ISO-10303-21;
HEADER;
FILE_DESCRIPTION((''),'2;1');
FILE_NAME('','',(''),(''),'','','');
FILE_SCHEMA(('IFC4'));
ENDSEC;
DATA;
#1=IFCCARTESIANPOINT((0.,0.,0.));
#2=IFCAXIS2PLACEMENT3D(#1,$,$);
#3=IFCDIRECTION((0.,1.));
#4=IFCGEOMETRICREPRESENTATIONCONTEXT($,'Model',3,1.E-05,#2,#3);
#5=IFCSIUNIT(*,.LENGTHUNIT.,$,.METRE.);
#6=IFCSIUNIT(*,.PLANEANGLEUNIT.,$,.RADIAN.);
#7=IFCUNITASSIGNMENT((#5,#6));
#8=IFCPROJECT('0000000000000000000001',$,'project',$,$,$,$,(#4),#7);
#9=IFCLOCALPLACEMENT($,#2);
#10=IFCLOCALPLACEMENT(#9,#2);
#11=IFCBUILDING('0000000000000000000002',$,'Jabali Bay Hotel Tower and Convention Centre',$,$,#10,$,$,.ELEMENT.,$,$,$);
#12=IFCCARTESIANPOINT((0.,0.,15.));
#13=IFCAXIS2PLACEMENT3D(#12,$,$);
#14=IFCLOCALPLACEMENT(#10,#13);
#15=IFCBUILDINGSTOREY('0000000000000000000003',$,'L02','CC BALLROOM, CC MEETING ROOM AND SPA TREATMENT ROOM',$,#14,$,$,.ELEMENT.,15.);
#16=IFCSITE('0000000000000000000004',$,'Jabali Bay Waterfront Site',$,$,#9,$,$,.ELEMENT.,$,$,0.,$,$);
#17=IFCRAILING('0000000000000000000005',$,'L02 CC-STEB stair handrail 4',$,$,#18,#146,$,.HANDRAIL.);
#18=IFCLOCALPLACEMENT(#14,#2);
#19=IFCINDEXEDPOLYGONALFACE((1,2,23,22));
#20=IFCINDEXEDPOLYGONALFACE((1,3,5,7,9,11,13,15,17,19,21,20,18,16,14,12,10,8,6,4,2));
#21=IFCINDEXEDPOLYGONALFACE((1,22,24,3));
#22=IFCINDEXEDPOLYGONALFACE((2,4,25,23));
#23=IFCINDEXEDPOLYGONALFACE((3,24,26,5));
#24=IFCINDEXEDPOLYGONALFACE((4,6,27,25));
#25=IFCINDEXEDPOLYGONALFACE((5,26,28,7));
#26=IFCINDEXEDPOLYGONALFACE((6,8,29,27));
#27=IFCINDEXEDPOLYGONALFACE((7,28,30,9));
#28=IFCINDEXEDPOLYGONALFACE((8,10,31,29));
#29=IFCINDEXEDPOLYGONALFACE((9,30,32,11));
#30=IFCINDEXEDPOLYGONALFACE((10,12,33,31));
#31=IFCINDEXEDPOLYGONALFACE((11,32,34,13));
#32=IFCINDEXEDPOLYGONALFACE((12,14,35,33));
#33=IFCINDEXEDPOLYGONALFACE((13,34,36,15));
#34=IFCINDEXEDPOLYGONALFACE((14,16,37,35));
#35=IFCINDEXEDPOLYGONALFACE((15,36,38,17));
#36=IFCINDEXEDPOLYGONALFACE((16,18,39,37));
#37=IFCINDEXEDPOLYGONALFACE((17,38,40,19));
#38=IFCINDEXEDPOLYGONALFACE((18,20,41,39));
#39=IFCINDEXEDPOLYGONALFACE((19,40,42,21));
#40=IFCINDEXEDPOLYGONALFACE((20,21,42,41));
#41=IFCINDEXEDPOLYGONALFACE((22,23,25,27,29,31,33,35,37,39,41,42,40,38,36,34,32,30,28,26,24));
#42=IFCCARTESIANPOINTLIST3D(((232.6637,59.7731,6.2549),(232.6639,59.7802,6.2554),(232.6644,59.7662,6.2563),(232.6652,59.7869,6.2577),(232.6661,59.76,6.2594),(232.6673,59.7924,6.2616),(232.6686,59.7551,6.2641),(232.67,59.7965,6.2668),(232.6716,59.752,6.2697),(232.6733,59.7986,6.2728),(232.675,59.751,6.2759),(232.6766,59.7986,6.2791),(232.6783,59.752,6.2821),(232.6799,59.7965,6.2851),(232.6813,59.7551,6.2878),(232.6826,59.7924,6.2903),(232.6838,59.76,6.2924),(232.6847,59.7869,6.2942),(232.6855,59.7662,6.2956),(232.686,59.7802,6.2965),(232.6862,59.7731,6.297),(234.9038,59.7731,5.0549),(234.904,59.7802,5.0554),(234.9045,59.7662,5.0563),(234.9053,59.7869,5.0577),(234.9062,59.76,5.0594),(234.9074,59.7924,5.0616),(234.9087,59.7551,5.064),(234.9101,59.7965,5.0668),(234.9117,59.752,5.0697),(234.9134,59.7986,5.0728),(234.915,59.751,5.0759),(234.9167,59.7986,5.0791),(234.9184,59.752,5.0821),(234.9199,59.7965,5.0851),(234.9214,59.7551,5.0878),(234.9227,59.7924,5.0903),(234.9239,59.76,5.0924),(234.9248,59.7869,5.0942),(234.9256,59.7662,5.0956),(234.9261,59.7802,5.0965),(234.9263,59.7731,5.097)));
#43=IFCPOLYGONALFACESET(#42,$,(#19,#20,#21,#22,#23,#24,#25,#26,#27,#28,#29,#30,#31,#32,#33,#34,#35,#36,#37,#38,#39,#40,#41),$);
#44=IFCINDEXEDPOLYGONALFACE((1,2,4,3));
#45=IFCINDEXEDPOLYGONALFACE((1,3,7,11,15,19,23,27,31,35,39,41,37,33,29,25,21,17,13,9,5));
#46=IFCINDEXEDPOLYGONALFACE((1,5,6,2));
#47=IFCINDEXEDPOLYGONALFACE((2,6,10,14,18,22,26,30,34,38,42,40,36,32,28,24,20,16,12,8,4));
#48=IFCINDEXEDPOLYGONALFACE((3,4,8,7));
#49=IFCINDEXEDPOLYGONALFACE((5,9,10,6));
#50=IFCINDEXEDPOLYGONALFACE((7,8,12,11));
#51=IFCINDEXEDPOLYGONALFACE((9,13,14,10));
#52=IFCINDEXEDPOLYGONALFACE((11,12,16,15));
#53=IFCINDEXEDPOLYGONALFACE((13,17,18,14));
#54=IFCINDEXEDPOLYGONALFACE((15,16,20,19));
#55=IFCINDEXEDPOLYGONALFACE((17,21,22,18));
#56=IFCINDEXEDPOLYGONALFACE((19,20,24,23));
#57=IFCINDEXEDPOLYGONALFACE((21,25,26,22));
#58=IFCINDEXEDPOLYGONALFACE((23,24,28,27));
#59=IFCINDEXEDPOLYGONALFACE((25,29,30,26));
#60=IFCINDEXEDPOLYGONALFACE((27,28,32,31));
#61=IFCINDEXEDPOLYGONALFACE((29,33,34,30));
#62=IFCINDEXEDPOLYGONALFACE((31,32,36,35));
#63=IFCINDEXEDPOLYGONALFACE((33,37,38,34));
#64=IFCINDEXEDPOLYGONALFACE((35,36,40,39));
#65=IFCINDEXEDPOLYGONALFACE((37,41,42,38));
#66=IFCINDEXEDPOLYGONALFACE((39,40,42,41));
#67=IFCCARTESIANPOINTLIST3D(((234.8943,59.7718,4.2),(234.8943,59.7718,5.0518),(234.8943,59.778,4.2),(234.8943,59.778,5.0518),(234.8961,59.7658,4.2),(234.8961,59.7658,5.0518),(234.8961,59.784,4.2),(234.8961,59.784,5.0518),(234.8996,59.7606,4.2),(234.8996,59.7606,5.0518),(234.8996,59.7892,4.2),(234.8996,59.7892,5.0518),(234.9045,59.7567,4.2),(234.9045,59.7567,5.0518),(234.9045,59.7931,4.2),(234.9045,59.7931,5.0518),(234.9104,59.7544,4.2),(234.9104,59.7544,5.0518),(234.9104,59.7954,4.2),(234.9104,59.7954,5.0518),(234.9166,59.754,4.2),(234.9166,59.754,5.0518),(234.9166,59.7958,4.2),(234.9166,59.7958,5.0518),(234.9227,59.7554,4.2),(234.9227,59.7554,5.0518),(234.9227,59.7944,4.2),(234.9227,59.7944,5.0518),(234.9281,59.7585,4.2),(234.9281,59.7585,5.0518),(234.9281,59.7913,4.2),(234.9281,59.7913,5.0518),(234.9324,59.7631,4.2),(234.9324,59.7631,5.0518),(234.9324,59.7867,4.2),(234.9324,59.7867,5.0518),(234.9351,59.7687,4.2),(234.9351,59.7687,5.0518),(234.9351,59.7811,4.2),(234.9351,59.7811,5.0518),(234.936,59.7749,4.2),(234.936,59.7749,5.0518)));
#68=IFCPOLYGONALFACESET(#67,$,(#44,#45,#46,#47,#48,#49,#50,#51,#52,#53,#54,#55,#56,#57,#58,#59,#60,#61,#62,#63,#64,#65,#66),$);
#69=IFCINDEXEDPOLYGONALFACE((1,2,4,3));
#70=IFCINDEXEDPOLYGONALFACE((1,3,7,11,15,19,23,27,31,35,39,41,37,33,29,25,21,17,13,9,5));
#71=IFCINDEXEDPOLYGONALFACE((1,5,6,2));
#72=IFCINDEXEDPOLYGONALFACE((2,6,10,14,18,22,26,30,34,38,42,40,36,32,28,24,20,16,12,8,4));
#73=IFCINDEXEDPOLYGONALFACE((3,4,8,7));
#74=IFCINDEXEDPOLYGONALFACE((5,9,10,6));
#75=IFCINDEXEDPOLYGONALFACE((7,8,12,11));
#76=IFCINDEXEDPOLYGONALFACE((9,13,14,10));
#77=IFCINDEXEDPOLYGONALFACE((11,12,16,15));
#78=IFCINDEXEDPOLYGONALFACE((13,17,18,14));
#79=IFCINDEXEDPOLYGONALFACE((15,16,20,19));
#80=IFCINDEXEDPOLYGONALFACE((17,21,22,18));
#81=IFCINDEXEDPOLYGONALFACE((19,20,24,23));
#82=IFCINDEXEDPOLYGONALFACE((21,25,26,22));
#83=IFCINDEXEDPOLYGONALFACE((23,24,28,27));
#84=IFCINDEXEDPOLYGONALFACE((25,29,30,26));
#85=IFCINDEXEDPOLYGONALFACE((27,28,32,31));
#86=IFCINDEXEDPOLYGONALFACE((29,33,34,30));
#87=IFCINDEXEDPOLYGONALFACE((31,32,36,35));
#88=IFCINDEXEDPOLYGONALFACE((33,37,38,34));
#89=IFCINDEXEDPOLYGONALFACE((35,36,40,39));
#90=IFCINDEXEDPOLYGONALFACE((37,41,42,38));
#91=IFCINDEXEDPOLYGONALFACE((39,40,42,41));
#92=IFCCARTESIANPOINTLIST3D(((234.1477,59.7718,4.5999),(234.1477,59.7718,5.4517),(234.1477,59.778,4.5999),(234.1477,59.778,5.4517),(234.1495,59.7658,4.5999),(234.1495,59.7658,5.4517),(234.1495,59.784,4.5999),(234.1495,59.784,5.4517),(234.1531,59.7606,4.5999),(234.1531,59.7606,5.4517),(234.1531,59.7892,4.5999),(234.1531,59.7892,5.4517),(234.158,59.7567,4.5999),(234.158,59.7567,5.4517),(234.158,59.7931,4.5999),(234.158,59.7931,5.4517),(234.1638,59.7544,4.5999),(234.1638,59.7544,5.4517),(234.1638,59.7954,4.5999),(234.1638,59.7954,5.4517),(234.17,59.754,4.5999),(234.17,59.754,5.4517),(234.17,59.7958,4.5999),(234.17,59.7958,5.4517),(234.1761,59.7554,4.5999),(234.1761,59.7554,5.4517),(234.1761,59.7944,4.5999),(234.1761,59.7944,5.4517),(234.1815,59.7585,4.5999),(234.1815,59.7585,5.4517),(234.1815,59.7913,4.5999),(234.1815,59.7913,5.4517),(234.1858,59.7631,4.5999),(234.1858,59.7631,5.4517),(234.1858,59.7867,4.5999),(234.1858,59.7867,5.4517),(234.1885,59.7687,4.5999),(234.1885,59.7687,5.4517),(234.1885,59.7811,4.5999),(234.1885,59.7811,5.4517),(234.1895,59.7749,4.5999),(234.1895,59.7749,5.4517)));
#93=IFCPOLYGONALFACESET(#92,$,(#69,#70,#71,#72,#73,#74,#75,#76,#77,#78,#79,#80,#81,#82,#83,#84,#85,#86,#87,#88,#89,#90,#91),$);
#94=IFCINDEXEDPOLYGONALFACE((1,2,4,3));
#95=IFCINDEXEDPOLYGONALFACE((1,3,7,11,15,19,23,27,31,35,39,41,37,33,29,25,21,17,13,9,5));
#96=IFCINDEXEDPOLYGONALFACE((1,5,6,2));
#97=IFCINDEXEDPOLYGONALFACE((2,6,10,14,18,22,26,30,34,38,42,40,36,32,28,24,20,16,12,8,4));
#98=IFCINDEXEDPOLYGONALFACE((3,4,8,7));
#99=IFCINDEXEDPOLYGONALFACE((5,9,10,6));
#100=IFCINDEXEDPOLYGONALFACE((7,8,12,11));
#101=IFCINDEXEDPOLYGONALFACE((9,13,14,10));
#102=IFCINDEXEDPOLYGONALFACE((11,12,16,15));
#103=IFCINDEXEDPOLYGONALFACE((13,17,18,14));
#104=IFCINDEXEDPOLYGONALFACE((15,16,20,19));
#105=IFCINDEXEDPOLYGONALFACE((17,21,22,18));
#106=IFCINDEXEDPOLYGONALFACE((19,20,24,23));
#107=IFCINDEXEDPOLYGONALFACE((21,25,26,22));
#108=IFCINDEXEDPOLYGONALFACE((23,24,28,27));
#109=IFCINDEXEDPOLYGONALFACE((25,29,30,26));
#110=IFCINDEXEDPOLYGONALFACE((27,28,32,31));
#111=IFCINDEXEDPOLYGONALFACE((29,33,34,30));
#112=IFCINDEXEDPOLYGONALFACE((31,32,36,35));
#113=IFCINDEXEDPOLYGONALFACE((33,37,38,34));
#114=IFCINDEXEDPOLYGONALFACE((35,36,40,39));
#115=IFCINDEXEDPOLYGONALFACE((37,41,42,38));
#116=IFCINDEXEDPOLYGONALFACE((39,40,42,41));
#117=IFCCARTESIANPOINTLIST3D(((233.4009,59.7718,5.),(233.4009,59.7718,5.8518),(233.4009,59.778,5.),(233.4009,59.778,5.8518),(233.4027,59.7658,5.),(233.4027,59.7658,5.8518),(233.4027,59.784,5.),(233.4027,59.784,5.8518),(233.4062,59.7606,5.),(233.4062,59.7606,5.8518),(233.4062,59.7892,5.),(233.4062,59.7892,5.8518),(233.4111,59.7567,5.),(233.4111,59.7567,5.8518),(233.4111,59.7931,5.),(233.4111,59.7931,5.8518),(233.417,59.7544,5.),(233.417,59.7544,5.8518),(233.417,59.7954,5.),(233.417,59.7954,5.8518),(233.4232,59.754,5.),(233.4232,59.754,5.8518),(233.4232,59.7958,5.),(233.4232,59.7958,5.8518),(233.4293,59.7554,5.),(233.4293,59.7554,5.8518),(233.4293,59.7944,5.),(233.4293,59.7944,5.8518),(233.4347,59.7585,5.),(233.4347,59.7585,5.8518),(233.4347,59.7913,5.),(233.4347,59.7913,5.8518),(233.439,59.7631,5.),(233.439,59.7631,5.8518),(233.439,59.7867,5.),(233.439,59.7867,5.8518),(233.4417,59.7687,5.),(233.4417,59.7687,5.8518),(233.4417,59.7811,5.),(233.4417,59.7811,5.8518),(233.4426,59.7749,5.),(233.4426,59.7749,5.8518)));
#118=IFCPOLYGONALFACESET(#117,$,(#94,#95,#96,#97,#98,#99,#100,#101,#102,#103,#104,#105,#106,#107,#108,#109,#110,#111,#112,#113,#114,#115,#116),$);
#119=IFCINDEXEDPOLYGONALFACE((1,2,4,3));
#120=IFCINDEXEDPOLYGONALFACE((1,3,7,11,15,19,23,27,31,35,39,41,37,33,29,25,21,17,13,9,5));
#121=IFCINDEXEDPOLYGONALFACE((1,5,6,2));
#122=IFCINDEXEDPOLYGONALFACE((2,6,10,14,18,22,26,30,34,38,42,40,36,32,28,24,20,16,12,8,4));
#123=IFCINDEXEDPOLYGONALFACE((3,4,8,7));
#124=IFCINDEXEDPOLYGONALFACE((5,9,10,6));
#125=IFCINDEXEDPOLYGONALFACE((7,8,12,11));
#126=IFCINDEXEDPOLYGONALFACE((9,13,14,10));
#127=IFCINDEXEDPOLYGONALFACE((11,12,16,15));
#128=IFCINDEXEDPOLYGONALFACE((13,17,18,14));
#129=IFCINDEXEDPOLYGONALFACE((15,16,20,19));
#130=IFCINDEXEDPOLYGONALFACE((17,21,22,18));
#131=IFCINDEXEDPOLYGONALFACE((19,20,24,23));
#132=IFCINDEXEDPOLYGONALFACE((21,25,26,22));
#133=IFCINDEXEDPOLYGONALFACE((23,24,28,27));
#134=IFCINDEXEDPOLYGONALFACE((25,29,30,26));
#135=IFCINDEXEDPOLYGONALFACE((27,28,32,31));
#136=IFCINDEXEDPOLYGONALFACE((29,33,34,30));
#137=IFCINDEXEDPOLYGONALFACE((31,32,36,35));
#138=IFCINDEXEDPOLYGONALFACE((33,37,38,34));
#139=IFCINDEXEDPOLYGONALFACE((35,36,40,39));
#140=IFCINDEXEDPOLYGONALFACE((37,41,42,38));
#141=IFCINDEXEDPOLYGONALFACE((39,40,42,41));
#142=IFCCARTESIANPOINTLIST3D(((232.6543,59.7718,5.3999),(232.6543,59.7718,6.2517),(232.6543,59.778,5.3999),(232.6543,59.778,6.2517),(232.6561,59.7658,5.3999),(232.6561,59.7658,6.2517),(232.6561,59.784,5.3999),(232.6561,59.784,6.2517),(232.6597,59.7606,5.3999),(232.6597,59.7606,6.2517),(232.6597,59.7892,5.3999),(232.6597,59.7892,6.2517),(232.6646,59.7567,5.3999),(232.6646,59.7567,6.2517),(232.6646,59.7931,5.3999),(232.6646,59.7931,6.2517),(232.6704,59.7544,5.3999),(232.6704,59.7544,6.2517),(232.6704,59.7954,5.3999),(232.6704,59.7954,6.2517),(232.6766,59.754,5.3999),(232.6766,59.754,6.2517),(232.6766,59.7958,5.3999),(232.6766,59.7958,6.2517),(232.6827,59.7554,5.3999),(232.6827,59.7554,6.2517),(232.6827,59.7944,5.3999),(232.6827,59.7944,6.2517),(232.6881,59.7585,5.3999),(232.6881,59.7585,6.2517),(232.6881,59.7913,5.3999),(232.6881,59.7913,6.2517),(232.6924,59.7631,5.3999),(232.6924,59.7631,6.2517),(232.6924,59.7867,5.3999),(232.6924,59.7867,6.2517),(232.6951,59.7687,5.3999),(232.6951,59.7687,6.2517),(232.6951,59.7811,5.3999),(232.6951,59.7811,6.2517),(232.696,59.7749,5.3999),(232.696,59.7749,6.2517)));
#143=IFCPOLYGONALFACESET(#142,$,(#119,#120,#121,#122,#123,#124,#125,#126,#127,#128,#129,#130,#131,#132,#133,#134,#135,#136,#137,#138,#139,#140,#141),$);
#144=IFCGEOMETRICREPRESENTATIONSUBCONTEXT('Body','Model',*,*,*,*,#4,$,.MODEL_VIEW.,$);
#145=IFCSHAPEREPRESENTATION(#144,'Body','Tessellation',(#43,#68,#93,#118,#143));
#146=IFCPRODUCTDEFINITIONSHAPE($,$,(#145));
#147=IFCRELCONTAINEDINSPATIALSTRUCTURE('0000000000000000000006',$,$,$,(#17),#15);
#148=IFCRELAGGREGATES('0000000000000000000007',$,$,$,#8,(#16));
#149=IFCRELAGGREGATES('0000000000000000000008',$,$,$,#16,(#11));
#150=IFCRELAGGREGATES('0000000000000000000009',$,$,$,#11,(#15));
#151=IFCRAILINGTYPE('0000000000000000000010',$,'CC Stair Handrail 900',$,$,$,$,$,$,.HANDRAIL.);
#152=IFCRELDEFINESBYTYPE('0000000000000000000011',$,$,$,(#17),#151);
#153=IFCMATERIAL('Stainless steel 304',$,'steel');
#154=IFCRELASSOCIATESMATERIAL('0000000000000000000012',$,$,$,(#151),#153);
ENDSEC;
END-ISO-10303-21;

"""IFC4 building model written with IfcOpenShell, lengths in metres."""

from ifc_helpers import new_model, si_unit, direction, frame, origin, origin_2d, place, context, subcontext, project, spatial, circle, extrude, material, type_object, element, save


model = new_model("IFC4")

# Units and contexts
model_context = context("Model", 3, precision=1e-05, world=origin(), true_north=direction((0.0, 1.0)))
body_context = subcontext(model_context, "Body", "Model", "MODEL_VIEW")
ifc_project = project(units=[si_unit("LENGTHUNIT", "METRE"), si_unit("PLANEANGLEUNIT", "RADIAN")], contexts=[model_context])

# Site, building, storey
site_placement = place(None, origin())
site = spatial("IfcSite", under=ifc_project, at=site_placement, Name="Jabali Bay Waterfront Site", CompositionType="ELEMENT", RefElevation=0.0)
building_placement = place(site_placement, origin())
building = spatial("IfcBuilding", under=site, at=building_placement, Name="Jabali Bay Hotel Tower and Convention Centre", CompositionType="ELEMENT")
storey_placement = place(building_placement, frame((0.0, 0.0, 15.0)))
storey = spatial("IfcBuildingStorey", under=building, at=storey_placement, Name="L02", Description="CC BALLROOM, CC MEETING ROOM AND SPA TREATMENT ROOM", CompositionType="ELEMENT", Elevation=15.0)

# Railing
ifc_material_1 = material(Name="Stainless steel 304", Category="steel")
railing_type_1 = type_object("IfcRailingType", Name="CC Stair Handrail 900", PredefinedType="HANDRAIL", material=ifc_material_1)
for number, where, name in (
    (1, (234.915, 59.7749, 4.2), "L02 CC-STEB stair handrail 4"),
):
    element("IfcRailing", number, at=place(storey_placement, frame(where)), inside=storey, type_object=railing_type_1, Name=name, PredefinedType="HANDRAIL", context=body_context, shape_type="SweptSolid", body=[
        extrude(circle(Radius=0.0239, at=origin_2d()), frame((0.0, 0.0, 0.876), z_axis=(-0.881487, 0.0, 0.472208), x_axis=(0.0, -1.0, 0.0)), (0.0, 0.0, 1.0), 2.5413),
        extrude(circle(Radius=0.021, at=origin_2d()), origin(), (0.0, 0.0, 1.0), 0.8518),
        extrude(circle(Radius=0.021, at=origin_2d()), frame((-0.7466, 0.0, 0.3999)), (0.0, 0.0, 1.0), 0.8518),
        extrude(circle(Radius=0.021, at=origin_2d()), frame((-1.4934, 0.0, 0.8)), (0.0, 0.0, 1.0), 0.8518),
        extrude(circle(Radius=0.021, at=origin_2d()), frame((-2.24, 0.0, 1.2)), (0.0, 0.0, 1.0), 0.8518),
    ])

save(model, "model.ifc")
